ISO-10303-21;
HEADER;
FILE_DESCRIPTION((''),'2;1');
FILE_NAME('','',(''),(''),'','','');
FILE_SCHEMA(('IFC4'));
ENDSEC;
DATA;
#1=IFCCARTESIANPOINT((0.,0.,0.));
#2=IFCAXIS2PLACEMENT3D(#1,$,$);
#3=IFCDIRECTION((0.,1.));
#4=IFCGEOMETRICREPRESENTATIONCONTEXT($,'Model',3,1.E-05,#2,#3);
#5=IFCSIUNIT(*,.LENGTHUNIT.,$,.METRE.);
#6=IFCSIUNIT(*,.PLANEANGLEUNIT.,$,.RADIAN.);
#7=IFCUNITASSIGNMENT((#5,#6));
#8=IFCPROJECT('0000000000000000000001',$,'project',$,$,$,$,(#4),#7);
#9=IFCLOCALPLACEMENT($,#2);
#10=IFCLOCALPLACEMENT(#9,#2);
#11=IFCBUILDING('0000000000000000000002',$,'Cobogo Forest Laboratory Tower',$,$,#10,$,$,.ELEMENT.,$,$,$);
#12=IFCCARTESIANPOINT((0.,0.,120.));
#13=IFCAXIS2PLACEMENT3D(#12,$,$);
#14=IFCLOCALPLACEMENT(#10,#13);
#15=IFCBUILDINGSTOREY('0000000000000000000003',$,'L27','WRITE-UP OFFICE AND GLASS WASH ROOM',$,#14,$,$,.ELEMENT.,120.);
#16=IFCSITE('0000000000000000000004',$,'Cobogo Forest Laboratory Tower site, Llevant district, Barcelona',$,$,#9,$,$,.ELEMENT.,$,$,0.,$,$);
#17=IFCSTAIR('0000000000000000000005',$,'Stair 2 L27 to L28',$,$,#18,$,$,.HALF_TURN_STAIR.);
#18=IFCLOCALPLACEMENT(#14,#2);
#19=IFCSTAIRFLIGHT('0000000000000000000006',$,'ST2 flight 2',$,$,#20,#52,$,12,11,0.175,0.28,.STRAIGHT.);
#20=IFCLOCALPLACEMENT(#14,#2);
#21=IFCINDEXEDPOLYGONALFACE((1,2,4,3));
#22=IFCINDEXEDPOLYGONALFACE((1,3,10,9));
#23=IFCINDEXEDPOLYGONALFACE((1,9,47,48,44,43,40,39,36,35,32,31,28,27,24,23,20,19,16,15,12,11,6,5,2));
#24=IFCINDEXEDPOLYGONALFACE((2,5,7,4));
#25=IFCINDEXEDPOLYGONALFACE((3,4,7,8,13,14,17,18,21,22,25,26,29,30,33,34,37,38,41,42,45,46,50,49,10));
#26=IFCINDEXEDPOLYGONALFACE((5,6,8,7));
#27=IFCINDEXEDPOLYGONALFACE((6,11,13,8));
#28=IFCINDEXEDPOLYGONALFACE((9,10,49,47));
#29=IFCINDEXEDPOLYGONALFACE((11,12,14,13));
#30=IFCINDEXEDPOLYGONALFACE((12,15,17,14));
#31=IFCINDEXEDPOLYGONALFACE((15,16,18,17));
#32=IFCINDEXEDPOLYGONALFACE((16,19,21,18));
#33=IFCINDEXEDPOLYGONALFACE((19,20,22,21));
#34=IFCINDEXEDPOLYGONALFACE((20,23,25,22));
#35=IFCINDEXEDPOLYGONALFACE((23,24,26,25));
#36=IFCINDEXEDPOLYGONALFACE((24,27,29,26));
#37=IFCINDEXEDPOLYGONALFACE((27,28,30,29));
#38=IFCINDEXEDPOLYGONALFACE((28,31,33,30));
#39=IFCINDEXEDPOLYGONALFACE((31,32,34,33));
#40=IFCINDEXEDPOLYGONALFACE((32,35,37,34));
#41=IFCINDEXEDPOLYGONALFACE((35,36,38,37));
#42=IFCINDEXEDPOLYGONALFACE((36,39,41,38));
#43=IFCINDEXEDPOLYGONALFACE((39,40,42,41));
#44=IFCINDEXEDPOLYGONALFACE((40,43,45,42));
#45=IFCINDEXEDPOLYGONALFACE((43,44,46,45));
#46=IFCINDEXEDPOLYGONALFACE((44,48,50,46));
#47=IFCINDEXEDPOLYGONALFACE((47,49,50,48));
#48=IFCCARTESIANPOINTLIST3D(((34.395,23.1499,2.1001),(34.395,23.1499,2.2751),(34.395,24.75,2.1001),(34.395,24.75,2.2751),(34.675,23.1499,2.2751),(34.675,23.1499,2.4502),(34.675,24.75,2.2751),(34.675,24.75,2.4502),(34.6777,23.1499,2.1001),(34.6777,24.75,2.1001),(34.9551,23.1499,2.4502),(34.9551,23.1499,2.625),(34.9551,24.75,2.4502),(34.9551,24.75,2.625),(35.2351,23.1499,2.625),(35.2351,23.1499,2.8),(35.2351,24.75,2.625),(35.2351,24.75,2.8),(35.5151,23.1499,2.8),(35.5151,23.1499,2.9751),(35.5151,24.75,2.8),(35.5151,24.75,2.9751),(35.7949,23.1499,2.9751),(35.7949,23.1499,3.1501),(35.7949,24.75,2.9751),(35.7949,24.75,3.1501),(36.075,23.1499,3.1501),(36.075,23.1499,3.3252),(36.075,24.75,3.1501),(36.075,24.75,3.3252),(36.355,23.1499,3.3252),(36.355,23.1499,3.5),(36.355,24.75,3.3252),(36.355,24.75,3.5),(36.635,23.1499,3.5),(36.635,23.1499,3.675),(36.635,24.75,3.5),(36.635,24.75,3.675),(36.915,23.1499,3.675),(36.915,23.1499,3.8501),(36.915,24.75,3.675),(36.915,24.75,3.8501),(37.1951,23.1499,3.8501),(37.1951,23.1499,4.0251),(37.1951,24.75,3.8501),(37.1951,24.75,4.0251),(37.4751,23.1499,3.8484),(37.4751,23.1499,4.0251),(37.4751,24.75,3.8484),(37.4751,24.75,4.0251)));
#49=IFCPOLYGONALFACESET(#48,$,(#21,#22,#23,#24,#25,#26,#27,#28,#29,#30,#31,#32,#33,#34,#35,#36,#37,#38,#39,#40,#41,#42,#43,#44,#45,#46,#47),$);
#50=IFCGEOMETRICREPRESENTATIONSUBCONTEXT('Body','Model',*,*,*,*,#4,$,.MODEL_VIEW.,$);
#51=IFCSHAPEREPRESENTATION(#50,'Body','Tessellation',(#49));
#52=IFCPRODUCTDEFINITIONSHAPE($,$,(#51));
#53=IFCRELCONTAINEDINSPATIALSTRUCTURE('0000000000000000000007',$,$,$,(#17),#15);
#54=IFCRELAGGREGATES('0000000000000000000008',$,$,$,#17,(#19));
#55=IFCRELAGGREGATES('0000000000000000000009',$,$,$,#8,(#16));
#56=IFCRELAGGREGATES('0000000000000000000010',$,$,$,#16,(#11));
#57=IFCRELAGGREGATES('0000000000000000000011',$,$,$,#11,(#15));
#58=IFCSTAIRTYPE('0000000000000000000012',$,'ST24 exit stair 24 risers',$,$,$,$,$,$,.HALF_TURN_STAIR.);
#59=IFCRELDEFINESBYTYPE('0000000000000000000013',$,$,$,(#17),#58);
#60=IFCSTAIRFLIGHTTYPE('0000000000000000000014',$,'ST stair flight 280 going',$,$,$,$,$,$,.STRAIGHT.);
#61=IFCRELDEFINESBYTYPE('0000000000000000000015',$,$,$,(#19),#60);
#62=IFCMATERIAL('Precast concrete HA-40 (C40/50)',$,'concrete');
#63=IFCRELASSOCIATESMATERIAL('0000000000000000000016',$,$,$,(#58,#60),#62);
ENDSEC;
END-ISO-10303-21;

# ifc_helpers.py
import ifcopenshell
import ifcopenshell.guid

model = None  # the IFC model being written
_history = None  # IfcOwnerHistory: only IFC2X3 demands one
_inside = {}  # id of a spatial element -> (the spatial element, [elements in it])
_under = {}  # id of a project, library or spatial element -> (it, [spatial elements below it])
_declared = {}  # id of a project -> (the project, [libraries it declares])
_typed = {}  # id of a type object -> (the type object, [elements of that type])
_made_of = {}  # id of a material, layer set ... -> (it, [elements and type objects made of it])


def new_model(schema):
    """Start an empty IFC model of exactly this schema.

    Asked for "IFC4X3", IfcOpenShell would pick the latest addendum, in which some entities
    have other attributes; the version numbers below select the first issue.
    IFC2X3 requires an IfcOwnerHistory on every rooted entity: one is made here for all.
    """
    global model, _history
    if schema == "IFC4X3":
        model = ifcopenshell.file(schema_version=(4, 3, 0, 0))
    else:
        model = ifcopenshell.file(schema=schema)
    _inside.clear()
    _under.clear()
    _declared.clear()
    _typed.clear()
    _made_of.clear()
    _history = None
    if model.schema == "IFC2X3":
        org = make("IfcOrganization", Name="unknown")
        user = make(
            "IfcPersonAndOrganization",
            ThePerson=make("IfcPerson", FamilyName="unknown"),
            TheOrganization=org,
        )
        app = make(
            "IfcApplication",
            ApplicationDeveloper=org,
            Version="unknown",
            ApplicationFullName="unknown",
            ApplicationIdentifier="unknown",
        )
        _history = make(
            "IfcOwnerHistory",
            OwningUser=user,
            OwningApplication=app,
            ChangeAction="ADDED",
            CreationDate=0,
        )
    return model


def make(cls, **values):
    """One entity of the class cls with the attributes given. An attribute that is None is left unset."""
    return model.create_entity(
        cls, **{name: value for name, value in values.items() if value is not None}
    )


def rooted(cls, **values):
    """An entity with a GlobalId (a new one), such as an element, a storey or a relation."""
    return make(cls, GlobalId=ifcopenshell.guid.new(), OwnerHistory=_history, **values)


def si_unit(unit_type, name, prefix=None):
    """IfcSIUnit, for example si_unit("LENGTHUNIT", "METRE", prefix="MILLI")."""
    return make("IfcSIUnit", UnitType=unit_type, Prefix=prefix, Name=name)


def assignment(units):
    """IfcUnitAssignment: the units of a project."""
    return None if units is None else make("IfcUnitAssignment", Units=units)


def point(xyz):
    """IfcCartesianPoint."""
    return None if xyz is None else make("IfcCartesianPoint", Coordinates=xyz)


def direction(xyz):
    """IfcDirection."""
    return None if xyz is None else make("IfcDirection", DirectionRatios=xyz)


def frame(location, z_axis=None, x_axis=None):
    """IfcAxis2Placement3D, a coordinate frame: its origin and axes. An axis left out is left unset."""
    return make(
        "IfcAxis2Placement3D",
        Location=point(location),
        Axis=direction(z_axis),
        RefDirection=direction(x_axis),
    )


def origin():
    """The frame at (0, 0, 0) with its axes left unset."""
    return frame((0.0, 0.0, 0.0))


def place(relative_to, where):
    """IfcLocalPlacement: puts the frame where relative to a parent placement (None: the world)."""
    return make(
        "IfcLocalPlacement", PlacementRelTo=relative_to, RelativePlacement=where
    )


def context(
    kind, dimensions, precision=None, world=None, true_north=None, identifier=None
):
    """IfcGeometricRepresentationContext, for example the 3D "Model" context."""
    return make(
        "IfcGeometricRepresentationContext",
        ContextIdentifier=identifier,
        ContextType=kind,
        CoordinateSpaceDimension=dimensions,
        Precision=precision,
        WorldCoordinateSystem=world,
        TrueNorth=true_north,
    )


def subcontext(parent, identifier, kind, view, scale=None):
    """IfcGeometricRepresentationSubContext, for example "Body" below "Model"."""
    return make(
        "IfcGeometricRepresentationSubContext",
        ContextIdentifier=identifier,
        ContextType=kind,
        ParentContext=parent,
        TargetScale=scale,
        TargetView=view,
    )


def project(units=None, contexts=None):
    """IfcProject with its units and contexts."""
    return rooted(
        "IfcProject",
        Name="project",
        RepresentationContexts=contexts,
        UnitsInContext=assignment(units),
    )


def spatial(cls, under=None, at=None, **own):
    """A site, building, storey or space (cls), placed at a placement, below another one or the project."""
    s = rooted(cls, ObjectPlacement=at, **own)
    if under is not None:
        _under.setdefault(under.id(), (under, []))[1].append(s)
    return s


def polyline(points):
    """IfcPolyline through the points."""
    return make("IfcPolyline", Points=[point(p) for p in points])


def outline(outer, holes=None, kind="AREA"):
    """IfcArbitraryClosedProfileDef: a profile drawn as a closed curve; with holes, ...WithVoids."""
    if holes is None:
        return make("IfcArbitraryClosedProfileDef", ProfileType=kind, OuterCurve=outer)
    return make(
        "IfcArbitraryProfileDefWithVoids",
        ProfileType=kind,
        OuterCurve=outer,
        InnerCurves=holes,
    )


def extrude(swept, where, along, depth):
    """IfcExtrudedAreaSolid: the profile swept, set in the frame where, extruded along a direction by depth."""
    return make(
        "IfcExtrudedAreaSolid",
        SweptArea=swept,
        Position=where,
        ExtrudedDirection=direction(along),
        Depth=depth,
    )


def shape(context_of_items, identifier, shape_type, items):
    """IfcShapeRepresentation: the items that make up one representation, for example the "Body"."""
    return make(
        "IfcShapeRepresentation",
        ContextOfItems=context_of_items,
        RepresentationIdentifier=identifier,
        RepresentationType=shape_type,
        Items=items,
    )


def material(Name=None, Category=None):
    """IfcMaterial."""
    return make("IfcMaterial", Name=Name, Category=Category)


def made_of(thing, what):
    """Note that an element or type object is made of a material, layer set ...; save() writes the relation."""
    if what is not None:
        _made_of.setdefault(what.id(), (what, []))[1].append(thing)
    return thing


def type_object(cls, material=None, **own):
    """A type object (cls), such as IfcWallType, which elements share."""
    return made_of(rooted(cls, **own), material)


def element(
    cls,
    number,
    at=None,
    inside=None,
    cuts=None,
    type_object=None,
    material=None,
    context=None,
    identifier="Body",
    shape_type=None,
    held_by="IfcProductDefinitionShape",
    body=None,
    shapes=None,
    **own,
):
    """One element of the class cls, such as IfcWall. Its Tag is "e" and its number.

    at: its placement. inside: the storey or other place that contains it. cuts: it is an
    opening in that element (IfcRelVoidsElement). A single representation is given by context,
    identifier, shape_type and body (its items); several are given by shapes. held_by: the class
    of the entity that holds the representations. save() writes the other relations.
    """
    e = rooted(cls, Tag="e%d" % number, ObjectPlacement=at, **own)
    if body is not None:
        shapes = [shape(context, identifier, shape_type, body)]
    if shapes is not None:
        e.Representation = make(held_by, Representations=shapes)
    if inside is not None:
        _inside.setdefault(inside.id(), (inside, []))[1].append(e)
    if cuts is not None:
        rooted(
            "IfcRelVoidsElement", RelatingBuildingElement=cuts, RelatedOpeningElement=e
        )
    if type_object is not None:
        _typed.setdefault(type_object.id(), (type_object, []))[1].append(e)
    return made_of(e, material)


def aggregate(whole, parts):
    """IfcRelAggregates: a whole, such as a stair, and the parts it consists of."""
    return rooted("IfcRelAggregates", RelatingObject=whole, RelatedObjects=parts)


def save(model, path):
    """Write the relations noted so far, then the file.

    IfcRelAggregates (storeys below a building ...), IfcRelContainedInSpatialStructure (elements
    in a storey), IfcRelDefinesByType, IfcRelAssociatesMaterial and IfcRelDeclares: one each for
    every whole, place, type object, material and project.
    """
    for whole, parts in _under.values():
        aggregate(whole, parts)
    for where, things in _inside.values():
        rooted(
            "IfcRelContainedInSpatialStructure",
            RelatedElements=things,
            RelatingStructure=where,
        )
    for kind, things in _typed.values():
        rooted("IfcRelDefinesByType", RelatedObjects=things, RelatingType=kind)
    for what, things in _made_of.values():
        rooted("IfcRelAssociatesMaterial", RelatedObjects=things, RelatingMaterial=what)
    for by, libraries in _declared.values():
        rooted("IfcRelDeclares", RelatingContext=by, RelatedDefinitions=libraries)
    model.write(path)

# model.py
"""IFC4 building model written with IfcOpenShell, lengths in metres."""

from ifc_helpers import new_model, si_unit, direction, frame, origin, place, context, subcontext, project, spatial, polyline, outline, extrude, material, type_object, element, aggregate, save


model = new_model("IFC4")

# Units and contexts
model_context = context("Model", 3, precision=1e-05, world=origin(), true_north=direction((0.0, 1.0)))
body_context = subcontext(model_context, "Body", "Model", "MODEL_VIEW")
ifc_project = project(units=[si_unit("LENGTHUNIT", "METRE"), si_unit("PLANEANGLEUNIT", "RADIAN")], contexts=[model_context])

# Site, building, storey
site_placement = place(None, origin())
site = spatial("IfcSite", under=ifc_project, at=site_placement, Name="Cobogo Forest Laboratory Tower site, Llevant district, Barcelona", CompositionType="ELEMENT", RefElevation=0.0)
building_placement = place(site_placement, origin())
building = spatial("IfcBuilding", under=site, at=building_placement, Name="Cobogo Forest Laboratory Tower", CompositionType="ELEMENT")
storey_placement = place(building_placement, frame((0.0, 0.0, 120.0)))
storey = spatial("IfcBuildingStorey", under=building, at=storey_placement, Name="L27", Description="WRITE-UP OFFICE AND GLASS WASH ROOM", CompositionType="ELEMENT", Elevation=120.0)

# Stair, stair flight
ifc_material_1 = material(Name="Precast concrete HA-40 (C40/50)", Category="concrete")
stair_type = type_object("IfcStairType", Name="ST24 exit stair 24 risers", PredefinedType="HALF_TURN_STAIR", material=ifc_material_1)
stair_placement = place(storey_placement, origin())
stair = element("IfcStair", 1, at=stair_placement, inside=storey, type_object=stair_type, Name="Stair 2 L27 to L28", PredefinedType="HALF_TURN_STAIR")
stair_flight_type = type_object("IfcStairFlightType", Name="ST stair flight 280 going", PredefinedType="STRAIGHT", material=ifc_material_1)
stair_flight_1_placement = place(storey_placement, frame((34.395, 23.95, 2.1001), z_axis=(0.0, 0.0, 1.0), x_axis=(1.0, 0.0, 0.0)))
stair_flight_1 = element("IfcStairFlight", 2, at=stair_flight_1_placement, type_object=stair_flight_type, Name="ST2 flight 2", NumberOfRisers=12, NumberOfTreads=11, PredefinedType="STRAIGHT", RiserHeight=0.175, TreadLength=0.28, context=body_context, shape_type="SweptSolid", body=[
    extrude(outline(polyline([(0.0, 0.0), (0.0, 0.175), (0.28, 0.175), (0.28, 0.3501), (0.5601, 0.3501), (0.5601, 0.5249), (0.8401, 0.5249), (0.8401, 0.7), (1.1201, 0.7), (1.1201, 0.875), (1.3999, 0.875), (1.3999, 1.05), (1.6799, 1.05), (1.6799, 1.2251), (1.96, 1.2251), (1.96, 1.3999), (2.24, 1.3999), (2.24, 1.575), (2.52, 1.575), (2.52, 1.75), (2.8, 1.75), (2.8, 1.925), (3.0801, 1.925), (3.0801, 2.1001), (3.0801, 1.7483), (0.2827, 0.0), (0.0, 0.0)])), frame((0.0, 0.8, 0.0), z_axis=(0.0, -1.0, 0.0), x_axis=(1.0, 0.0, 0.0)), (0.0, 0.0, 1.0), 1.6001),
])
aggregate(stair, [stair_flight_1])

save(model, "model.ifc")
